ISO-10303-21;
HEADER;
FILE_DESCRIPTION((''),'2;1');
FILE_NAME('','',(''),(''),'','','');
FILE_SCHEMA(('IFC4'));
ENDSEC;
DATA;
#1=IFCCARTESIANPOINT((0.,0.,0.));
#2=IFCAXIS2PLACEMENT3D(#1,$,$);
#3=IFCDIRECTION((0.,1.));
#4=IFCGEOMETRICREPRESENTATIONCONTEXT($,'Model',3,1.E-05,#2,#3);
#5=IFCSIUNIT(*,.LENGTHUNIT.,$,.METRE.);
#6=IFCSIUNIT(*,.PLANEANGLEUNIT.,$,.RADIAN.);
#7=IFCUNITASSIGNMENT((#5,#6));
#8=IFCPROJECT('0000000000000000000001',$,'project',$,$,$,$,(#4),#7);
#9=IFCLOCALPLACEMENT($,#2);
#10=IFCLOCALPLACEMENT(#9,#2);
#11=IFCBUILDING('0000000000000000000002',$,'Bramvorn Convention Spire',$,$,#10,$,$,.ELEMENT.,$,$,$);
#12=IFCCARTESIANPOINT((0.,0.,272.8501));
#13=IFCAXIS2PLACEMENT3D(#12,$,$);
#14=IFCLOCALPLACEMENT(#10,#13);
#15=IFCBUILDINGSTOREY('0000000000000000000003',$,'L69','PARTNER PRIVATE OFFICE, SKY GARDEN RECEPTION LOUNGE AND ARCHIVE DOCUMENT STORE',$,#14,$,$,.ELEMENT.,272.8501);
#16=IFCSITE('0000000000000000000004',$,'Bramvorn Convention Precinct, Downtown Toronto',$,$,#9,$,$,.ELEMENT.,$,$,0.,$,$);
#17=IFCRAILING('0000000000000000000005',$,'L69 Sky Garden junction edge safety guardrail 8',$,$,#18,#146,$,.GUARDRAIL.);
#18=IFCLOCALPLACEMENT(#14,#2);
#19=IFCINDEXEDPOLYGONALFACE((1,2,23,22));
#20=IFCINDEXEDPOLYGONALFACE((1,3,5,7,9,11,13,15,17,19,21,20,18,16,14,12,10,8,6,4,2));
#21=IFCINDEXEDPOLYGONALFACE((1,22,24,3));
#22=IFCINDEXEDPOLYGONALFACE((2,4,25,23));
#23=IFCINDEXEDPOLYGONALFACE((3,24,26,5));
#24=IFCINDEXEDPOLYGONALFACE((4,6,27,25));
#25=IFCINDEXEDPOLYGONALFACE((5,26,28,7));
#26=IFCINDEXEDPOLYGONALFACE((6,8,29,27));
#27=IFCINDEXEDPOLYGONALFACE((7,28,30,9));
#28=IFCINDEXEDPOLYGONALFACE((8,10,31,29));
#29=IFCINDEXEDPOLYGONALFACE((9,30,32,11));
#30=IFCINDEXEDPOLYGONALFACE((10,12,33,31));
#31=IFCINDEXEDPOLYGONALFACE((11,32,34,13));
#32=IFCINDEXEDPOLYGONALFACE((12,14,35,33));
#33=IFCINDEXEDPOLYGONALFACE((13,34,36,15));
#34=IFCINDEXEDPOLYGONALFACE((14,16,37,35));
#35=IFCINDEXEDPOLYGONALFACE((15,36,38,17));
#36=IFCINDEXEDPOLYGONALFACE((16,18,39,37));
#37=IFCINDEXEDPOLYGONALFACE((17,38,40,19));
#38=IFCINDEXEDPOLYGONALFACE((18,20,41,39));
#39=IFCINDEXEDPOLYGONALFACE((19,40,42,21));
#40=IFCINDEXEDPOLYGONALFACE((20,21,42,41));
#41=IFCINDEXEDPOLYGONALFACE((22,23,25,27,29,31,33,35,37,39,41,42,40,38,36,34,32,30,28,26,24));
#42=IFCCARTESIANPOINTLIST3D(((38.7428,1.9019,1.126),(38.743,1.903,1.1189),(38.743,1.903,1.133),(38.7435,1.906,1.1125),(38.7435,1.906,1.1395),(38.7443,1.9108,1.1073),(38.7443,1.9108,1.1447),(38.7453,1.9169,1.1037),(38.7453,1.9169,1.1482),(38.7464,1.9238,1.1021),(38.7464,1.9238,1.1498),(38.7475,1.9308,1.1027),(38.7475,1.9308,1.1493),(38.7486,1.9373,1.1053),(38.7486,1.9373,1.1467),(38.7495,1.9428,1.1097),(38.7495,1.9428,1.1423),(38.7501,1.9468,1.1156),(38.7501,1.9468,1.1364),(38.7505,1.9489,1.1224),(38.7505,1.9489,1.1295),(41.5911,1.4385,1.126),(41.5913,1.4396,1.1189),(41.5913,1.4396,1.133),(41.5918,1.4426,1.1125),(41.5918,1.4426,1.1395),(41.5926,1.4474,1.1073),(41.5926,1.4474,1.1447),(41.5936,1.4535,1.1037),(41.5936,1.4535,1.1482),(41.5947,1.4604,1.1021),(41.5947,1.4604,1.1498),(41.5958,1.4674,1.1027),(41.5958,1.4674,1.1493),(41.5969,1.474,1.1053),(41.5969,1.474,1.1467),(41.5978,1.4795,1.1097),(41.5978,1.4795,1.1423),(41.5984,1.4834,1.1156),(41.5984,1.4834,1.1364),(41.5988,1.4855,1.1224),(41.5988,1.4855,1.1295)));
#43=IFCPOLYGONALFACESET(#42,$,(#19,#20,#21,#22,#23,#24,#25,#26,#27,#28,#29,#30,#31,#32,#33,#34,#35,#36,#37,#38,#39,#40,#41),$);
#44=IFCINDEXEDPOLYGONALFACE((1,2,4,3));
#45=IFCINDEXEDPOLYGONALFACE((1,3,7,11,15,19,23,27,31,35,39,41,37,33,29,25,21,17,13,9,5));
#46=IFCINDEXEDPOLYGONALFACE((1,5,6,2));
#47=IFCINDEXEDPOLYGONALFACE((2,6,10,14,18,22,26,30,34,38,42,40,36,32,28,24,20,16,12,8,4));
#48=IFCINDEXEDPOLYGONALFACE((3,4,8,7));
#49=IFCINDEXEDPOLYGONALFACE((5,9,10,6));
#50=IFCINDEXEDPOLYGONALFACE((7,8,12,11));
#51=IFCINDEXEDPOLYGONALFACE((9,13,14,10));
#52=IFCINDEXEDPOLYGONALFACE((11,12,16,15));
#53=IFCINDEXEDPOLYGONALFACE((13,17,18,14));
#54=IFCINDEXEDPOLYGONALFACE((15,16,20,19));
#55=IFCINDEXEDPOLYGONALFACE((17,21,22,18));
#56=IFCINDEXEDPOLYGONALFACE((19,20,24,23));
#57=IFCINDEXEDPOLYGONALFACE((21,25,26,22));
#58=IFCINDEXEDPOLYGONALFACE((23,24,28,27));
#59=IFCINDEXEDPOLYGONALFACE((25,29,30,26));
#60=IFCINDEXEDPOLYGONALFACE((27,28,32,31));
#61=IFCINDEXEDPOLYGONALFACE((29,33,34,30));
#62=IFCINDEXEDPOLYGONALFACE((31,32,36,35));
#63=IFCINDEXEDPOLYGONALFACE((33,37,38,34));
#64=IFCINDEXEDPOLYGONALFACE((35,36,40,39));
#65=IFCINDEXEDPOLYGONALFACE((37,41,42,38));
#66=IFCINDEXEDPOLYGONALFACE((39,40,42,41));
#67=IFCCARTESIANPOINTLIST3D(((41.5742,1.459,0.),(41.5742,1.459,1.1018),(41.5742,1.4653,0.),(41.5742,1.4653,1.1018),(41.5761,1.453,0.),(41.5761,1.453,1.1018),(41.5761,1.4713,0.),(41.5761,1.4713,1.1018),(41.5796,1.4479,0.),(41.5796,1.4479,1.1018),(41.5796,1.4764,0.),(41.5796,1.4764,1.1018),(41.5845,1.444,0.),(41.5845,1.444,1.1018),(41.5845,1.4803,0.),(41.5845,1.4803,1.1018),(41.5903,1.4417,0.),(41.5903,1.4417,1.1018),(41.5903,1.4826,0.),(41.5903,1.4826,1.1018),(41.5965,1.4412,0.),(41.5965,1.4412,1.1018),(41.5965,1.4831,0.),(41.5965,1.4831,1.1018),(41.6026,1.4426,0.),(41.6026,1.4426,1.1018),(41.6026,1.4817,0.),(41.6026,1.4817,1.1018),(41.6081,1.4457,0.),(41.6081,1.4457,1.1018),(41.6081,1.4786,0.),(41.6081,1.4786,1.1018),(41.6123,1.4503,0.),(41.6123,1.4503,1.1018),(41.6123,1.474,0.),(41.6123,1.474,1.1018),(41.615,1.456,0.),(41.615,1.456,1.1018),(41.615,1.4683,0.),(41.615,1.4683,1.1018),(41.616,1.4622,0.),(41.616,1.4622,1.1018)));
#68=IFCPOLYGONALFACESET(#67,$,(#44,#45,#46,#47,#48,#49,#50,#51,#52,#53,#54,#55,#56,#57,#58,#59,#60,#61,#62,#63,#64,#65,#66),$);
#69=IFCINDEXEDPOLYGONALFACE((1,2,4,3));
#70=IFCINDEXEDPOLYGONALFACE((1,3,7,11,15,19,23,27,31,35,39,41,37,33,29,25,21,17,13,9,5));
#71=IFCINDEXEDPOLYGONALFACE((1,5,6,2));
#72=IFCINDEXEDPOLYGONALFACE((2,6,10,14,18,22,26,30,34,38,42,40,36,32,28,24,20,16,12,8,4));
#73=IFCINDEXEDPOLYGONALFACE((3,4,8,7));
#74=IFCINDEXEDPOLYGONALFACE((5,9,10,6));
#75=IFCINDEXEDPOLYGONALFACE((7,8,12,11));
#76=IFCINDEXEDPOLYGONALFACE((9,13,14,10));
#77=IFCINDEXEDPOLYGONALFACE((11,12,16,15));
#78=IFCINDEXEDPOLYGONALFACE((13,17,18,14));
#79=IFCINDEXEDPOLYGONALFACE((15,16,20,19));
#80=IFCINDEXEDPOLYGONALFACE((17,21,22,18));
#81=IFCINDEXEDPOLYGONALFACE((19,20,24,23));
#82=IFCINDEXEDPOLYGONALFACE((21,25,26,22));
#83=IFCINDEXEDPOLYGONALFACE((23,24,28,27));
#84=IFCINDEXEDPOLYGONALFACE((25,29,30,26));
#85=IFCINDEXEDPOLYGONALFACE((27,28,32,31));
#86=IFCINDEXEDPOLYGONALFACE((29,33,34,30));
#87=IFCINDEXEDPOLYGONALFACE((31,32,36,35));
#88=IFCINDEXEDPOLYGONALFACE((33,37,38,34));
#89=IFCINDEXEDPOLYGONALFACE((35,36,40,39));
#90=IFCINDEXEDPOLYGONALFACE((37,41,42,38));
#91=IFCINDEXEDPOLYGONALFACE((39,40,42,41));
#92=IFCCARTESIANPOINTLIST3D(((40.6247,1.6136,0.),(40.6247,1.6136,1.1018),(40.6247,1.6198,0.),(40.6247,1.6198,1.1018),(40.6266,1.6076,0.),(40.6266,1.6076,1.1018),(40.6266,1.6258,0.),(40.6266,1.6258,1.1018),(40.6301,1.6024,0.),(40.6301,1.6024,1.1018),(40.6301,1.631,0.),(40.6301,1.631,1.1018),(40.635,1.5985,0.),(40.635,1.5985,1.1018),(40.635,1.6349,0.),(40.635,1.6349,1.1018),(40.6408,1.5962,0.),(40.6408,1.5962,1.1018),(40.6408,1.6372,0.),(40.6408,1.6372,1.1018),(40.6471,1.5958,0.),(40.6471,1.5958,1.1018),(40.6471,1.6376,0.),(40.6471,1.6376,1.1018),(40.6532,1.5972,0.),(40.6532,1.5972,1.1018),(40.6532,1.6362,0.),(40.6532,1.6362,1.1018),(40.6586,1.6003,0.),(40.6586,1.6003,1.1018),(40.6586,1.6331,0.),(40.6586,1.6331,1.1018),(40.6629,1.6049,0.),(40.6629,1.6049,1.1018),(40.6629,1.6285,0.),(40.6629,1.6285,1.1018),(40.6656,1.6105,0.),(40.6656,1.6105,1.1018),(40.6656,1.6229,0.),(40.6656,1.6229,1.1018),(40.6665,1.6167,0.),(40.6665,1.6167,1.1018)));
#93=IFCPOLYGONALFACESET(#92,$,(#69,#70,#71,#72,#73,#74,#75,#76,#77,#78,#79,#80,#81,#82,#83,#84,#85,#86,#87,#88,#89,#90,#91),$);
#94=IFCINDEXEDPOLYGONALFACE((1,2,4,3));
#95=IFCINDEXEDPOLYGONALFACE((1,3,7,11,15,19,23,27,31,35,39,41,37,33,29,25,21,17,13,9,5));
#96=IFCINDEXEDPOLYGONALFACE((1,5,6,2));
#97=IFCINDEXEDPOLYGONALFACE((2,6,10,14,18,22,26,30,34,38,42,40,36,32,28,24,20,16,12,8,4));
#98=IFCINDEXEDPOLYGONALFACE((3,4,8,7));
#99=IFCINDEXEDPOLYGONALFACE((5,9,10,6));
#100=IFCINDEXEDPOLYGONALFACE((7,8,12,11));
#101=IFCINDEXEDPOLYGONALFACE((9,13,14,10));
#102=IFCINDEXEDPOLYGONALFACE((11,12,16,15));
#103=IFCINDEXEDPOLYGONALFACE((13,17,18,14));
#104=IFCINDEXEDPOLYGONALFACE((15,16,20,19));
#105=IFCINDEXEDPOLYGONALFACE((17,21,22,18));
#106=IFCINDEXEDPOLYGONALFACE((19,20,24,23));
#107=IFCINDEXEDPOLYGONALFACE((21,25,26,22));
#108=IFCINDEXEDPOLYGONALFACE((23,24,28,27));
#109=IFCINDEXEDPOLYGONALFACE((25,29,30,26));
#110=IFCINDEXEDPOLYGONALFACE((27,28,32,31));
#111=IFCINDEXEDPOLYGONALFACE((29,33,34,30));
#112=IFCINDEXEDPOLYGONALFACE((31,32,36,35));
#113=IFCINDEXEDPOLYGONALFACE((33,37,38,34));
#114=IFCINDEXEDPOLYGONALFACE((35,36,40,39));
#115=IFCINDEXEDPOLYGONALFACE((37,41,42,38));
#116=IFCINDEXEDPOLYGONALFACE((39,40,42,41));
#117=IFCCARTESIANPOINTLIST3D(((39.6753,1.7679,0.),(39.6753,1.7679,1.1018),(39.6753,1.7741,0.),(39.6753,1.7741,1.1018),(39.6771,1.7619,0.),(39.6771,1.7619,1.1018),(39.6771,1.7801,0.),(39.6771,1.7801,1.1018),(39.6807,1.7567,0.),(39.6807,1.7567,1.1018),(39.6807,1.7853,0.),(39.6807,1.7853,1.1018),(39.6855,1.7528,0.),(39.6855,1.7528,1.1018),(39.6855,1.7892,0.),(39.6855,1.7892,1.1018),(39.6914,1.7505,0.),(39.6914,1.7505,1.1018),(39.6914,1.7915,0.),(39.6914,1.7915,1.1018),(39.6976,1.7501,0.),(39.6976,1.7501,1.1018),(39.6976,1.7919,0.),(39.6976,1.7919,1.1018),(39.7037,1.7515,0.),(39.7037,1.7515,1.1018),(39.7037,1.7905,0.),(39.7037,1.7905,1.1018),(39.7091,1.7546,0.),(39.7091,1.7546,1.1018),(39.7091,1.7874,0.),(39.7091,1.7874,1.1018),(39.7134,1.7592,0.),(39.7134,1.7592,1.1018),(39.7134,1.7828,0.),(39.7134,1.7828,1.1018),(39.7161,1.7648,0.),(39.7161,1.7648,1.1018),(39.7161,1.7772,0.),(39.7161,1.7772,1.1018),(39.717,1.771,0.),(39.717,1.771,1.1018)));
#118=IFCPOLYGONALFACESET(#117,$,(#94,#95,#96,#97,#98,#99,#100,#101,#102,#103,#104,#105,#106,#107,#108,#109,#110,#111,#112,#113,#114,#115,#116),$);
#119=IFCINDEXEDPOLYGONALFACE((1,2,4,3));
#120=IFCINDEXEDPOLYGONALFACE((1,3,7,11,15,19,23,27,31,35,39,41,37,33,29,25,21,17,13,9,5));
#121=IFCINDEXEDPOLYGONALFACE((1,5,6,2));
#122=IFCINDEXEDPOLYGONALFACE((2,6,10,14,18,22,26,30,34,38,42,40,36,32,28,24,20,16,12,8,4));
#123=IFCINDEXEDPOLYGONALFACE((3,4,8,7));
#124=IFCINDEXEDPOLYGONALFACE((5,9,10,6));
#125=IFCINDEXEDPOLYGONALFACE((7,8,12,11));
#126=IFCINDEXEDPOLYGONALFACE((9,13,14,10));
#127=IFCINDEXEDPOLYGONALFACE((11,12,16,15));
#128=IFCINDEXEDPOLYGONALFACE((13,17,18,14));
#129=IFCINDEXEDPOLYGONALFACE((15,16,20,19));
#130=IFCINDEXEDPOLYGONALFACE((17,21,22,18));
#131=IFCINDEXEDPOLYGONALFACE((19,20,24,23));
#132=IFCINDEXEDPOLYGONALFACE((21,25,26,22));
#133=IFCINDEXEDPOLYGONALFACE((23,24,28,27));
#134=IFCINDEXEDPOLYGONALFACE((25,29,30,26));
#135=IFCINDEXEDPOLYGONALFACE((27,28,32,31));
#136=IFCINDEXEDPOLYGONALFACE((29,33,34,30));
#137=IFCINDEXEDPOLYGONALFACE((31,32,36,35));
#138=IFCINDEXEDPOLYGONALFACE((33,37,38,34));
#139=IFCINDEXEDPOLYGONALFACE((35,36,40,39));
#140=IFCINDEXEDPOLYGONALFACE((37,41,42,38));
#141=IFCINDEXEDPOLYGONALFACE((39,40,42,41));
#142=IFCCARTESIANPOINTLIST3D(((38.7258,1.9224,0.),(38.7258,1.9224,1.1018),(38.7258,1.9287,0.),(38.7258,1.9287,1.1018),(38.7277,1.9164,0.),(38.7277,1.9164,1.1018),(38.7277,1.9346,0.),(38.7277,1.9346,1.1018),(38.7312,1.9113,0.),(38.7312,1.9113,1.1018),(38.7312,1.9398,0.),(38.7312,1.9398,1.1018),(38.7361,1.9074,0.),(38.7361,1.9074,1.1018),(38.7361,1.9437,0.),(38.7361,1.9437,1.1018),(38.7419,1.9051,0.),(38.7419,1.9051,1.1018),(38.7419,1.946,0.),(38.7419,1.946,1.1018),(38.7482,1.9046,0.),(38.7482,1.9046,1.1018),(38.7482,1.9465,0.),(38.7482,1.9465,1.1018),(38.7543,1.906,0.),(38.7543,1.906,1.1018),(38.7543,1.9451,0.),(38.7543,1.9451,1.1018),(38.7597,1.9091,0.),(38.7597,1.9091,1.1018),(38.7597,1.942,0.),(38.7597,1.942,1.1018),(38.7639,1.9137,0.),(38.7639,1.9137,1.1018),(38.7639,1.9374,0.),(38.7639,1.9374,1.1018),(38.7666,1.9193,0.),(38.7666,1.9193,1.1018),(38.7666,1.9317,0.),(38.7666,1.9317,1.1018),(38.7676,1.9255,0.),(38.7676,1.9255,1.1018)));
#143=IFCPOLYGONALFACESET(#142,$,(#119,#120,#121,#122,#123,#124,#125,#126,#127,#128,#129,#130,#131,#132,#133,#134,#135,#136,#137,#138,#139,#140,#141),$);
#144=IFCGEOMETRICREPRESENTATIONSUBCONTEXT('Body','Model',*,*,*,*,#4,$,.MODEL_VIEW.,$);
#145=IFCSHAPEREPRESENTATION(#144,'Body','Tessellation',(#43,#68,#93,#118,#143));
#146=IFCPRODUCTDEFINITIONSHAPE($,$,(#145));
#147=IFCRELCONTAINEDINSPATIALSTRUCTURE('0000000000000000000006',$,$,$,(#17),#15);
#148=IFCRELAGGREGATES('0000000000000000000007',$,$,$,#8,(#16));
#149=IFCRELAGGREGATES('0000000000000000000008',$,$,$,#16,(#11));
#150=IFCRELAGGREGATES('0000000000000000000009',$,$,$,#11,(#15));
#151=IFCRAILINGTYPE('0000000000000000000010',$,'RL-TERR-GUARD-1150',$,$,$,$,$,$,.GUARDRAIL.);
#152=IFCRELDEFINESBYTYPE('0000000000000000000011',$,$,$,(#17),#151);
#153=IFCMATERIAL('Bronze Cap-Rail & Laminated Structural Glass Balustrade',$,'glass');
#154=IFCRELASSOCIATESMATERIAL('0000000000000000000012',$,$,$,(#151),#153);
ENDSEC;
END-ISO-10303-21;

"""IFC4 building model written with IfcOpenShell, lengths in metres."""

from ifc_helpers import new_model, si_unit, direction, frame, origin, origin_2d, place, context, subcontext, project, spatial, circle, extrude, material, type_object, element, save


model = new_model("IFC4")

# Units and contexts
model_context = context("Model", 3, precision=1e-05, world=origin(), true_north=direction((0.0, 1.0)))
body_context = subcontext(model_context, "Body", "Model", "MODEL_VIEW")
ifc_project = project(units=[si_unit("LENGTHUNIT", "METRE"), si_unit("PLANEANGLEUNIT", "RADIAN")], contexts=[model_context])

# Site, building, storey
site_placement = place(None, origin())
site = spatial("IfcSite", under=ifc_project, at=site_placement, Name="Bramvorn Convention Precinct, Downtown Toronto", CompositionType="ELEMENT", RefElevation=0.0)
building_placement = place(site_placement, origin())
building = spatial("IfcBuilding", under=site, at=building_placement, Name="Bramvorn Convention Spire", CompositionType="ELEMENT")
storey_placement = place(building_placement, frame((0.0, 0.0, 272.8501)))
storey = spatial("IfcBuildingStorey", under=building, at=storey_placement, Name="L69", Description="PARTNER PRIVATE OFFICE, SKY GARDEN RECEPTION LOUNGE AND ARCHIVE DOCUMENT STORE", CompositionType="ELEMENT", Elevation=272.8501)

# Railing
ifc_material_1 = material(Name="Bronze Cap-Rail & Laminated Structural Glass Balustrade", Category="glass")
railing_type = type_object("IfcRailingType", Name="RL-TERR-GUARD-1150", PredefinedType="GUARDRAIL", material=ifc_material_1)
railing_1_placement = place(storey_placement, frame((41.595, 1.4622, 0.0)))
element("IfcRailing", 1, at=railing_1_placement, inside=storey, type_object=railing_type, Name="L69 Sky Garden junction edge safety guardrail 8", PredefinedType="GUARDRAIL", context=body_context, shape_type="SweptSolid", body=[
    extrude(circle(Radius=0.0239, at=origin_2d()), frame((0.0, 0.0, 1.126), z_axis=(-0.987024, 0.16057, 0.0), x_axis=(-0.16057, -0.987024, 0.0)), (0.0, 0.0, 1.0), 2.8857),
    extrude(circle(Radius=0.021, at=origin_2d()), origin(), (0.0, 0.0, 1.0), 1.1018),
    extrude(circle(Radius=0.021, at=origin_2d()), frame((-0.9495, 0.1545, 0.0)), (0.0, 0.0, 1.0), 1.1018),
    extrude(circle(Radius=0.021, at=origin_2d()), frame((-1.8989, 0.3088, 0.0)), (0.0, 0.0, 1.0), 1.1018),
    extrude(circle(Radius=0.021, at=origin_2d()), frame((-2.8484, 0.4634, 0.0)), (0.0, 0.0, 1.0), 1.1018),
])

save(model, "model.ifc")
